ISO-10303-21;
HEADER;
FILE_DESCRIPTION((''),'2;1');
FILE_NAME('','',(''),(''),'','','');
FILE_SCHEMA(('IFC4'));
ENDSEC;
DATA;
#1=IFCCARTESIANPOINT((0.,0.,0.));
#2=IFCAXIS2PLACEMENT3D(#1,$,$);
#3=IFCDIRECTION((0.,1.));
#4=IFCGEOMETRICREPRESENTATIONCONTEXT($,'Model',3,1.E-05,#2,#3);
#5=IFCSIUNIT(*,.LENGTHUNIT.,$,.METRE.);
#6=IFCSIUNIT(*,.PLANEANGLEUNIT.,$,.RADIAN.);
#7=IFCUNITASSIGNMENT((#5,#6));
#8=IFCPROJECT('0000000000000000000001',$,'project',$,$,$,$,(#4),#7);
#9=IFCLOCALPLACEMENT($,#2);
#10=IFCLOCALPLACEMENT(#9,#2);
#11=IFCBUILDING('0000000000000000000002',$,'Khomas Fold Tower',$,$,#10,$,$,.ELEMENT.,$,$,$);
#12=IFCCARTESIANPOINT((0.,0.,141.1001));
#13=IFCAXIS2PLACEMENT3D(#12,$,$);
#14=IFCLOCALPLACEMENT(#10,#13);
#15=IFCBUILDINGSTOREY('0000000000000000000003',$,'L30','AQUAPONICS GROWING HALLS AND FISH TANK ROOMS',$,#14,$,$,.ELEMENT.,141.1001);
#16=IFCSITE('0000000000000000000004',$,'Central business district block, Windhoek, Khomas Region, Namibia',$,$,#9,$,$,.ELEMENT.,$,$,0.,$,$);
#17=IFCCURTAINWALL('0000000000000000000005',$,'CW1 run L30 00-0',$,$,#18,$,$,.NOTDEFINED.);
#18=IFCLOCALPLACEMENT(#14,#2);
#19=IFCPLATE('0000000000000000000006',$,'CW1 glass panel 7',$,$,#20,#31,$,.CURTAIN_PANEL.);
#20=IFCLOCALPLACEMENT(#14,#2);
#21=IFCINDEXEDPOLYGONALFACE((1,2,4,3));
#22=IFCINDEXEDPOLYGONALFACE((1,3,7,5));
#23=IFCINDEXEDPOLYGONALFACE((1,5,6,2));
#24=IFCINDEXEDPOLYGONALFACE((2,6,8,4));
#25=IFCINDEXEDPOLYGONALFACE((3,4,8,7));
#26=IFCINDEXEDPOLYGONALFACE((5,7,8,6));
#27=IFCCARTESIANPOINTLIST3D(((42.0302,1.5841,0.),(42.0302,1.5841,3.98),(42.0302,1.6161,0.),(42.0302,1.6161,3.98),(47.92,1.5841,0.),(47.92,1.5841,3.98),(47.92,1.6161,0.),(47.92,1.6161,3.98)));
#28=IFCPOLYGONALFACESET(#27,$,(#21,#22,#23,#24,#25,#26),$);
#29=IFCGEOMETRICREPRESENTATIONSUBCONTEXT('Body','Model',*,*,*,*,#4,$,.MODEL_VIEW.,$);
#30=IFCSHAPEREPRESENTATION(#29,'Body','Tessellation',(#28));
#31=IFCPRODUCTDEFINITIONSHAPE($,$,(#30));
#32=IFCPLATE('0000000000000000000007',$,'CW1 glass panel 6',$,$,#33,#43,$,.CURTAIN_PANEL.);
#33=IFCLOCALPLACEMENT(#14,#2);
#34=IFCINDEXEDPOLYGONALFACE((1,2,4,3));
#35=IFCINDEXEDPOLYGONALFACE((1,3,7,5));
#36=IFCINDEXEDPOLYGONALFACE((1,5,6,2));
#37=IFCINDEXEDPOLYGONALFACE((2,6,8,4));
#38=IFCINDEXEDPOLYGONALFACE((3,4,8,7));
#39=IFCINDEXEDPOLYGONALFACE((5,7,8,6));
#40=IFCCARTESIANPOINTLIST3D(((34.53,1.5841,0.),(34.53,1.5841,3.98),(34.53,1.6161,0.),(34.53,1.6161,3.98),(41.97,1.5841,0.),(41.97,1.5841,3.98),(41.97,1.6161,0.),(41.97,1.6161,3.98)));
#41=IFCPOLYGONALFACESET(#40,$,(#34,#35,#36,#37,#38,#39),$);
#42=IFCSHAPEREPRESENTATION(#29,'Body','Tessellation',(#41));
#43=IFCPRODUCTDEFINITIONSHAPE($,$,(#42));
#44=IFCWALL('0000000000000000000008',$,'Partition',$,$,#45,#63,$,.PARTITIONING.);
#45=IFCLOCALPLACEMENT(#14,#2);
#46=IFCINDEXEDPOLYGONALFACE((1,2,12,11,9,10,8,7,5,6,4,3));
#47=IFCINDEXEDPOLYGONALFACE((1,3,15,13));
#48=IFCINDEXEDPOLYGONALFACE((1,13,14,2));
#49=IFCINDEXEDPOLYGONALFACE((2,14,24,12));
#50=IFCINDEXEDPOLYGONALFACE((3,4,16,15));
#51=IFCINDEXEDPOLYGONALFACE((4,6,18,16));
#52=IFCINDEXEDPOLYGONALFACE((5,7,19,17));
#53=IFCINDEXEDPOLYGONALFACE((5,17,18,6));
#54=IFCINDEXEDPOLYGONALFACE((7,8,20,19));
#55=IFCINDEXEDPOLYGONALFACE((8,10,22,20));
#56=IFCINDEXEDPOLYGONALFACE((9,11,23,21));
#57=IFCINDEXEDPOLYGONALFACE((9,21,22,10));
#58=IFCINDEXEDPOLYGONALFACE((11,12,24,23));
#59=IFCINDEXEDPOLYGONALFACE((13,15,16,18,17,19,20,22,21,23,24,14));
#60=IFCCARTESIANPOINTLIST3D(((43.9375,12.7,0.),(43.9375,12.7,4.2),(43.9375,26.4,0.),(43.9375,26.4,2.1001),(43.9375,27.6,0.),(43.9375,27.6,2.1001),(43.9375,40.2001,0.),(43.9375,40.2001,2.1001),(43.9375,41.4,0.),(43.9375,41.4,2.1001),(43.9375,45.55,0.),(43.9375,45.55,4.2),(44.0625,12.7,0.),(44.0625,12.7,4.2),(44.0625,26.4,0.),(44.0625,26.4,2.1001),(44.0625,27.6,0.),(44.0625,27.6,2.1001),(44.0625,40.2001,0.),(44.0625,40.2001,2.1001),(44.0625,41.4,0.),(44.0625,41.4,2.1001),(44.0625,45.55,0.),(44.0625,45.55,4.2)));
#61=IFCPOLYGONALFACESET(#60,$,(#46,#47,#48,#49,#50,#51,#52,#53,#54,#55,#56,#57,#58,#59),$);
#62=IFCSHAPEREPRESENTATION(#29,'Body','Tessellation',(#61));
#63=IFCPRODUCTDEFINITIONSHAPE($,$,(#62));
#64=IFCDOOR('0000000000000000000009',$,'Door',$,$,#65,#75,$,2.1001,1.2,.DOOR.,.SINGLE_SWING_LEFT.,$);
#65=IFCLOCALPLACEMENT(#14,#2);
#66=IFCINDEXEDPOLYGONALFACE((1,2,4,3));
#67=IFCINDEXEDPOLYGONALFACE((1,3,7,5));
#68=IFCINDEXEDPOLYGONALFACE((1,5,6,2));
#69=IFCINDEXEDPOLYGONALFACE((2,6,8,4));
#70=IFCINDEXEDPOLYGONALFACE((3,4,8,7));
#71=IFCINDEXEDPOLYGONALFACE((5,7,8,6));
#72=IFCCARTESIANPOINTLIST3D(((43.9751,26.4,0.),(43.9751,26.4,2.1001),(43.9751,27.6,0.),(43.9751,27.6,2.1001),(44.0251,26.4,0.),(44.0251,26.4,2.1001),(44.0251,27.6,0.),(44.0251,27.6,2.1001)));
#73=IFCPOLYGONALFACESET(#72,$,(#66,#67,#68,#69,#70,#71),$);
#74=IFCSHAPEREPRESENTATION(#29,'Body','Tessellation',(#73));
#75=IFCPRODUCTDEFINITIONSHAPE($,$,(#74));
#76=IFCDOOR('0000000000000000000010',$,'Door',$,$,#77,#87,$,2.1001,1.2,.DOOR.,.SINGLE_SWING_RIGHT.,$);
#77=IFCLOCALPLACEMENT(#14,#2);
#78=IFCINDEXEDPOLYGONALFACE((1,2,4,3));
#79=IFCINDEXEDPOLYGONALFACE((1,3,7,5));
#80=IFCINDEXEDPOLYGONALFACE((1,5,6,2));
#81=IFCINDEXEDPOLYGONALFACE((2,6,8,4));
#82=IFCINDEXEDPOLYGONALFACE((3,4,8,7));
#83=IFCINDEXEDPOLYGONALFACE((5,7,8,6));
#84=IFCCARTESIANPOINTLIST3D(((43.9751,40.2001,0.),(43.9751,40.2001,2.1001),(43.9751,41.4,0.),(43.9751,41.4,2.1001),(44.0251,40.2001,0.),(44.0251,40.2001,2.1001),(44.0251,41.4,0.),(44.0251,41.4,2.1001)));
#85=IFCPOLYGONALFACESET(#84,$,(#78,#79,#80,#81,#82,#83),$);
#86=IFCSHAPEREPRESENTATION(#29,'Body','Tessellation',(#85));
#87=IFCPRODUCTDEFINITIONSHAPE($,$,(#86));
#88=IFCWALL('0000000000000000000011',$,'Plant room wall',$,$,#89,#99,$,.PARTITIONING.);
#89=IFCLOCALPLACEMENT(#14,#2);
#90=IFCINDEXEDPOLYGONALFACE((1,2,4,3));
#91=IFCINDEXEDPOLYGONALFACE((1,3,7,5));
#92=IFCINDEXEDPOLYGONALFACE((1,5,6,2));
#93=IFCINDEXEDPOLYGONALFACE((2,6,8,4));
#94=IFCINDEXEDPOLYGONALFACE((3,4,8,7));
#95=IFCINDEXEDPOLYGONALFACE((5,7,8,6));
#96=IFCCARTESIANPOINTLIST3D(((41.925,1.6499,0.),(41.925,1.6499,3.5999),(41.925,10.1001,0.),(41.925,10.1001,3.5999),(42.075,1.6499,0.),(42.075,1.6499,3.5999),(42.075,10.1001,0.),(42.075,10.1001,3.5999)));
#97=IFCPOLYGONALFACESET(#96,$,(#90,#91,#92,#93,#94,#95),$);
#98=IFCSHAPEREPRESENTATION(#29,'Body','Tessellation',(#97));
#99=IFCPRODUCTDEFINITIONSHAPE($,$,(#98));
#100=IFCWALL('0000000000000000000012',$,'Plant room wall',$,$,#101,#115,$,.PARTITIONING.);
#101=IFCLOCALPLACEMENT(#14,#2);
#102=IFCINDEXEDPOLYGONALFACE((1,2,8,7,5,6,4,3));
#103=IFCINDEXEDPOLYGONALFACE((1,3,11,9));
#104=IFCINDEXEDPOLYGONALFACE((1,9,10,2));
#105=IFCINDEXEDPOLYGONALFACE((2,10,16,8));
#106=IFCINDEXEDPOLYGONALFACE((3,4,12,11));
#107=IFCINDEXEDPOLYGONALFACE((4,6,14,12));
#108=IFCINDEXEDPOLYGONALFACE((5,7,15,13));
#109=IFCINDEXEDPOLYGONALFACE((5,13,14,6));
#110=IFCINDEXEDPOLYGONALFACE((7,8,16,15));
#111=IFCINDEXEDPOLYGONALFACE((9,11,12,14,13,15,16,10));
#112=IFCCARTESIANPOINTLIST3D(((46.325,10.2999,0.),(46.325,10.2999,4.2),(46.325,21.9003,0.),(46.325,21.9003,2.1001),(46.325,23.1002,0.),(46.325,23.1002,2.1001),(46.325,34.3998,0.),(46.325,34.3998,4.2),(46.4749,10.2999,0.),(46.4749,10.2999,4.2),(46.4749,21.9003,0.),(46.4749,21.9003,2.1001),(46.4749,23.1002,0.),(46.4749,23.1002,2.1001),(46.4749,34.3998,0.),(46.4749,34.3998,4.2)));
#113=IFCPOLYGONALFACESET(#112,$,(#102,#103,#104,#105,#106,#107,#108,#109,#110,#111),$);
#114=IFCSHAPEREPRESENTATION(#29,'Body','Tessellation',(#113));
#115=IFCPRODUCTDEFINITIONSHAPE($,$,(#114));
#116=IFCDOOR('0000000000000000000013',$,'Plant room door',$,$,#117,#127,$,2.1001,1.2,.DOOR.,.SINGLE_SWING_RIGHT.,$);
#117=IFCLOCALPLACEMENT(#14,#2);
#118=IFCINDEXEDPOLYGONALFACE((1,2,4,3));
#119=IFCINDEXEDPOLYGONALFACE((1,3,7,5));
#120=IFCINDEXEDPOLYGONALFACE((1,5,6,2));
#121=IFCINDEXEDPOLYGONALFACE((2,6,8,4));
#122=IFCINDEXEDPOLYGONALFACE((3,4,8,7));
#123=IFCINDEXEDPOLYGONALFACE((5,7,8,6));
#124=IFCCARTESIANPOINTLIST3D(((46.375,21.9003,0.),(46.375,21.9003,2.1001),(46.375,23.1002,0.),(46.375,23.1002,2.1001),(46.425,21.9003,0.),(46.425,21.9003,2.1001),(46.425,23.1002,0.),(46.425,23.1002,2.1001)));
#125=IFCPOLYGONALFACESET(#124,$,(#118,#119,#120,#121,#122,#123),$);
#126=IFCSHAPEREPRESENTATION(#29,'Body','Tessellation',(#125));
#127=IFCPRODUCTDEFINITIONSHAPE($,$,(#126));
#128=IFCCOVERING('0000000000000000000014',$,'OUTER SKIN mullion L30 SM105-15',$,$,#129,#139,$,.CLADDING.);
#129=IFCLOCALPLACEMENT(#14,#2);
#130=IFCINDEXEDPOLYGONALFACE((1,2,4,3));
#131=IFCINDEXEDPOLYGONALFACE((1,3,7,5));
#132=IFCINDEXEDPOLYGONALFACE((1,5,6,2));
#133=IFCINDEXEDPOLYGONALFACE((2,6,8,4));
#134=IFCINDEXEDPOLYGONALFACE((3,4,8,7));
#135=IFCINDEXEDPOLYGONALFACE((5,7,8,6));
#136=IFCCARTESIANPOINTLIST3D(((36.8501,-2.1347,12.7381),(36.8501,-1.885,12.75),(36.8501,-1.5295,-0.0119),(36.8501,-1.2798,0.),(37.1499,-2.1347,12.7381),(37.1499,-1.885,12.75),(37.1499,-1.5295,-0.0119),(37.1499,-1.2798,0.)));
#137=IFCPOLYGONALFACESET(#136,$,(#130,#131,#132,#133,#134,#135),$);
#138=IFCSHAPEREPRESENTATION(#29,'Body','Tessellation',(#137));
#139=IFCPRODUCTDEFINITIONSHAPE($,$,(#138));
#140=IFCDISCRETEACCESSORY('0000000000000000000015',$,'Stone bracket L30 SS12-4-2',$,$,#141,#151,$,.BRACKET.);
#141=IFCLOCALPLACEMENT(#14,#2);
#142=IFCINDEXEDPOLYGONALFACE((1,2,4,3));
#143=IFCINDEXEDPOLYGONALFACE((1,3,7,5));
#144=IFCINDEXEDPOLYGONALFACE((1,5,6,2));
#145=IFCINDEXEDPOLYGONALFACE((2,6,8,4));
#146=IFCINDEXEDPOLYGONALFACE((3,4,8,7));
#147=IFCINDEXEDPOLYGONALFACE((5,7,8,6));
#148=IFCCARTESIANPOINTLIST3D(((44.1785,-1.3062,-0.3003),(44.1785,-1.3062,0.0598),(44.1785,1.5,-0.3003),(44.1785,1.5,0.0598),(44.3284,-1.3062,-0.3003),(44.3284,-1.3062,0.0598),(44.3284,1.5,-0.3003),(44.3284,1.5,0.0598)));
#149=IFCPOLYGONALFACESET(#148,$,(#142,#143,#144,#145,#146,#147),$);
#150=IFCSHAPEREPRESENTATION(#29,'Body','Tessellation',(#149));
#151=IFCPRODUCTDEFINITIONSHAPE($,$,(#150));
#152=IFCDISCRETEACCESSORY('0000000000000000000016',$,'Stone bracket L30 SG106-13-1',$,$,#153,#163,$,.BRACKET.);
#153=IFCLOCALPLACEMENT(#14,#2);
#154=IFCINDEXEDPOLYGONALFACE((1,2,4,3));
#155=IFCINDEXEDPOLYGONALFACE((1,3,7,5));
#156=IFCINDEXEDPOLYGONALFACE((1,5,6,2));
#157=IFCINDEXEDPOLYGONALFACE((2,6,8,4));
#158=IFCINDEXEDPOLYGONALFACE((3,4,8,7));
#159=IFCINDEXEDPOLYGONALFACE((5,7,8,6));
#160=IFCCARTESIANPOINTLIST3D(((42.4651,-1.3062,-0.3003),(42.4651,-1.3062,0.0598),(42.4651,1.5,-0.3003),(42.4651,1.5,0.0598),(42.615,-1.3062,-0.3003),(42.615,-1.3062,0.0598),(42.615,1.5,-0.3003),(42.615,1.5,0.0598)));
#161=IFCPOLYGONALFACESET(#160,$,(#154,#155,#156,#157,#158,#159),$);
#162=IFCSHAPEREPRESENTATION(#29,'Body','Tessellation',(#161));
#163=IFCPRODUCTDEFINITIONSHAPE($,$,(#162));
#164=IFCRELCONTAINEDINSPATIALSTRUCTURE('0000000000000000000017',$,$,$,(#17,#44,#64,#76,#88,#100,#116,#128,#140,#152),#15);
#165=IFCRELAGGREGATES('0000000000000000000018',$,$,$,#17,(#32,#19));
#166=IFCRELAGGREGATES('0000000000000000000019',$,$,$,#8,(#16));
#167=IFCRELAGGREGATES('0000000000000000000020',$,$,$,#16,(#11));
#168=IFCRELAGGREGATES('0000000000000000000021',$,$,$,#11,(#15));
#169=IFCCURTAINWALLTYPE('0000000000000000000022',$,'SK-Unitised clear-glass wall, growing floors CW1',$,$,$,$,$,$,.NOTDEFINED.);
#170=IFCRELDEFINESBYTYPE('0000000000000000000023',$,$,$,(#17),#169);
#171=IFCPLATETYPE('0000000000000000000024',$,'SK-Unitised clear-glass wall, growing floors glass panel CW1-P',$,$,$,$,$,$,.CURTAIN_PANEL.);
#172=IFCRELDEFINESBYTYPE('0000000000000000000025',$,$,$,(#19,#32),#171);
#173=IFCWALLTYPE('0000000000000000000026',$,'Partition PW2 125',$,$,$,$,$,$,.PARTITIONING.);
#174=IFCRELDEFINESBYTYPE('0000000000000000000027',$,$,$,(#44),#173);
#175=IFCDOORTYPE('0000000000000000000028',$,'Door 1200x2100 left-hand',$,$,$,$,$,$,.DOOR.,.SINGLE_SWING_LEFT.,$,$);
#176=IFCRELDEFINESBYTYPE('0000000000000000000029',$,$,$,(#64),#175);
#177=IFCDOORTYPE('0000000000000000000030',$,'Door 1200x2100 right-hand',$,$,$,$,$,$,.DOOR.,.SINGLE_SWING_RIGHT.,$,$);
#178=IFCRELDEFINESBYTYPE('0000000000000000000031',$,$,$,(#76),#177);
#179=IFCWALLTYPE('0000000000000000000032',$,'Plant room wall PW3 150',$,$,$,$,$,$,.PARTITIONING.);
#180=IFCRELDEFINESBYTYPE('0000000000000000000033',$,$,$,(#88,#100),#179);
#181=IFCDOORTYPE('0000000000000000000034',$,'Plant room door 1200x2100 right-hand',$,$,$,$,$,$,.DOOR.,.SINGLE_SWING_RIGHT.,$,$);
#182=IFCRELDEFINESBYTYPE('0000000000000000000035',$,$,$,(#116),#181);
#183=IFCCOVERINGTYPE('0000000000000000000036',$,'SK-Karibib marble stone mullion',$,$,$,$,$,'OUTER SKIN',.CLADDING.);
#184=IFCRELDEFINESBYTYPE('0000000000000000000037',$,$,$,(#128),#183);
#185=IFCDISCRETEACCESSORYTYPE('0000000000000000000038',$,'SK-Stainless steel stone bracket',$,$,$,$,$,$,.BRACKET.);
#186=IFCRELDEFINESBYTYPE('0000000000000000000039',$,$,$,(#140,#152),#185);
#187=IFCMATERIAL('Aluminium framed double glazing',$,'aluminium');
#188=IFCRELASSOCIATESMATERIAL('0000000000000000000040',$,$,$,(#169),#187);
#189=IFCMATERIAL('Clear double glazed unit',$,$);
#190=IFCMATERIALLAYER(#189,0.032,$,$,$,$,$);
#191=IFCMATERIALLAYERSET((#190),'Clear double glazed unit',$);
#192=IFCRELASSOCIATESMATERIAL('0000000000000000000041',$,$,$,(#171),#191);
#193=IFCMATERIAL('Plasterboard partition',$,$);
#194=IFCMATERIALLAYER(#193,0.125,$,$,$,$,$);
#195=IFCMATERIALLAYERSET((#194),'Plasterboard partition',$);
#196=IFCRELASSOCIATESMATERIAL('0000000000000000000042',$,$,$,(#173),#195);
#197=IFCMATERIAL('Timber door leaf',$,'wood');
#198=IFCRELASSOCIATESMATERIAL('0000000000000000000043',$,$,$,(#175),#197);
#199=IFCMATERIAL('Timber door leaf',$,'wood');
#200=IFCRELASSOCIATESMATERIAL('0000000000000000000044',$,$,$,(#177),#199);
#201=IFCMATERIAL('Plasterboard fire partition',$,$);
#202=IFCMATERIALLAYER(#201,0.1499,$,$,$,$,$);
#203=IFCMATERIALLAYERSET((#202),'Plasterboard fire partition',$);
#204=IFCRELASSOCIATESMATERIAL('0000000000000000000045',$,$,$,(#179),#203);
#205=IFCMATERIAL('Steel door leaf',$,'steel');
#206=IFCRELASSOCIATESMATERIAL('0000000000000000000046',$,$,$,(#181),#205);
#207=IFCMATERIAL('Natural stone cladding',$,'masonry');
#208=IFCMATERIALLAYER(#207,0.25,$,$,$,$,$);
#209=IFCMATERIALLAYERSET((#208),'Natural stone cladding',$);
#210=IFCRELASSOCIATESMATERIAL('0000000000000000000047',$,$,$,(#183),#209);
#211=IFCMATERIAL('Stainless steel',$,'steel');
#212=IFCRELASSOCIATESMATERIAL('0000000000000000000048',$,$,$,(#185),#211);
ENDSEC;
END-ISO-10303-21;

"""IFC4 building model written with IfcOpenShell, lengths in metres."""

from ifc_helpers import new_model, si_unit, direction, frame, frame_2d, origin, origin_2d, place, context, subcontext, project, spatial, polyline, rectangle, outline, extrude, source, transform, mapped, material, layer, layer_set, type_object, element, fill, aggregate, save


model = new_model("IFC4")

# Units and contexts
model_context = context("Model", 3, precision=1e-05, world=origin(), true_north=direction((0.0, 1.0)))
body_context = subcontext(model_context, "Body", "Model", "MODEL_VIEW")
ifc_project = project(units=[si_unit("LENGTHUNIT", "METRE"), si_unit("PLANEANGLEUNIT", "RADIAN")], contexts=[model_context])

# Site, building, storey
site_placement = place(None, origin())
site = spatial("IfcSite", under=ifc_project, at=site_placement, Name="Central business district block, Windhoek, Khomas Region, Namibia", CompositionType="ELEMENT", RefElevation=0.0)
building_placement = place(site_placement, origin())
building = spatial("IfcBuilding", under=site, at=building_placement, Name="Khomas Fold Tower", CompositionType="ELEMENT")
storey_placement = place(building_placement, frame((0.0, 0.0, 141.1001)))
storey = spatial("IfcBuildingStorey", under=building, at=storey_placement, Name="L30", Description="AQUAPONICS GROWING HALLS AND FISH TANK ROOMS", CompositionType="ELEMENT", Elevation=141.1001)

# Curtain wall
ifc_material_1 = material(Name="Aluminium framed double glazing", Category="aluminium")
curtain_wall_type = type_object("IfcCurtainWallType", Name="SK-Unitised clear-glass wall, growing floors CW1", PredefinedType="NOTDEFINED", material=ifc_material_1)
curtain_wall_placement = place(storey_placement, origin())
curtain_wall = element("IfcCurtainWall", 1, at=curtain_wall_placement, inside=storey, type_object=curtain_wall_type, Name="CW1 run L30 00-0", PredefinedType="NOTDEFINED")

# Plates
ifc_material_2 = material(Name="Clear double glazed unit")
ifc_layer_1 = layer(ifc_material_2, 0.032)
ifc_layer_set_1 = layer_set([ifc_layer_1], Name="Clear double glazed unit")
plate_type_1 = type_object("IfcPlateType", Name="SK-Unitised clear-glass wall, growing floors glass panel CW1-P", PredefinedType="CURTAIN_PANEL", material=ifc_layer_set_1)
shared_shape_1 = source(origin(), body_context, "Body", "SweptSolid", [
    extrude(rectangle(XDim=5.8899, YDim=0.032, at=origin_2d()), origin(), (0.0, 0.0, 1.0), 3.98),
])
plate_1_placement = place(storey_placement, frame((44.9751, 1.6001, 0.0), z_axis=(0.0, 0.0, 1.0), x_axis=(1.0, 0.0, 0.0)))
plate_1 = element("IfcPlate", 2, at=plate_1_placement, type_object=plate_type_1, Name="CW1 glass panel 7", PredefinedType="CURTAIN_PANEL", context=body_context, shape_type="MappedRepresentation", body=[
    mapped(shared_shape_1, transform((0.0, 0.0, 0.0))),
])
shared_shape_2 = source(origin(), body_context, "Body", "SweptSolid", [
    extrude(rectangle(XDim=7.4399, YDim=0.032, at=origin_2d()), origin(), (0.0, 0.0, 1.0), 3.98),
])
plate_2_placement = place(storey_placement, frame((38.25, 1.6001, 0.0), z_axis=(0.0, 0.0, 1.0), x_axis=(1.0, 0.0, 0.0)))
plate_2 = element("IfcPlate", 3, at=plate_2_placement, type_object=plate_type_1, Name="CW1 glass panel 6", PredefinedType="CURTAIN_PANEL", context=body_context, shape_type="MappedRepresentation", body=[
    mapped(shared_shape_2, transform((0.0, 0.0, 0.0))),
])
aggregate(curtain_wall, [plate_2, plate_1])

# Wall, openings, doors
ifc_material_3 = material(Name="Plasterboard partition")
ifc_layer_2 = layer(ifc_material_3, 0.125)
ifc_layer_set_2 = layer_set([ifc_layer_2], Name="Plasterboard partition")
wall_type_1 = type_object("IfcWallType", Name="Partition PW2 125", PredefinedType="PARTITIONING", material=ifc_layer_set_2)
shared_shape_3 = source(origin(), body_context, "Body", "SweptSolid", [
    extrude(rectangle(XDim=32.8501, YDim=0.125, at=frame_2d((16.425, 0.0))), origin(), (0.0, 0.0, 1.0), 4.2),
])
wall_1_placement = place(storey_placement, frame((44.0, 12.7, 0.0), z_axis=(0.0, 0.0, 1.0), x_axis=(0.0, 1.0, 0.0)))
wall_1 = element("IfcWall", 4, at=wall_1_placement, inside=storey, type_object=wall_type_1, Name="Partition", PredefinedType="PARTITIONING", context=body_context, shape_type="MappedRepresentation", body=[
    mapped(shared_shape_3, transform((0.0, 0.0, 0.0))),
])
shared_shape_4 = source(origin(), body_context, "Body", "SweptSolid", [
    extrude(rectangle(XDim=1.2, YDim=2.1001, at=frame_2d((0.6001, 1.05))), frame((0.0, 0.0725, 0.0), z_axis=(0.0, -1.0, 0.0), x_axis=(1.0, 0.0, 0.0)), (0.0, 0.0, 1.0), 0.145),
])
opening_1_placement = place(wall_1_placement, frame((13.7, 0.0, 0.0)))
opening_1 = element("IfcOpeningElement", 5, at=opening_1_placement, cuts=wall_1, PredefinedType="OPENING", context=body_context, shape_type="MappedRepresentation", body=[
    mapped(shared_shape_4, transform((0.0, 0.0, 0.0))),
])
opening_2_placement = place(wall_1_placement, frame((27.5, 0.0, 0.0)))
opening_2 = element("IfcOpeningElement", 6, at=opening_2_placement, cuts=wall_1, PredefinedType="OPENING", context=body_context, shape_type="MappedRepresentation", body=[
    mapped(shared_shape_4, transform((0.0, 0.0, 0.0))),
])
ifc_material_4 = material(Name="Timber door leaf", Category="wood")
door_type_1 = type_object("IfcDoorType", Name="Door 1200x2100 left-hand", OperationType="SINGLE_SWING_LEFT", PredefinedType="DOOR", material=ifc_material_4)
shared_shape_5 = source(origin(), body_context, "Body", "SweptSolid", [
    extrude(rectangle(XDim=1.2, YDim=2.1001, at=frame_2d((0.6001, 1.05))), frame((0.0, 0.0249, 0.0), z_axis=(0.0, -1.0, 0.0), x_axis=(1.0, 0.0, 0.0)), (0.0, 0.0, 1.0), 0.05),
])
door_1_placement = place(opening_1_placement, origin())
door_1 = element("IfcDoor", 7, at=door_1_placement, inside=storey, type_object=door_type_1, Name="Door", OperationType="SINGLE_SWING_LEFT", OverallHeight=2.1001, OverallWidth=1.2, PredefinedType="DOOR", context=body_context, shape_type="MappedRepresentation", body=[
    mapped(shared_shape_5, transform((0.0, 0.0, 0.0))),
])
fill(opening_1, door_1)
ifc_material_5 = material(Name="Timber door leaf", Category="wood")
door_type_2 = type_object("IfcDoorType", Name="Door 1200x2100 right-hand", OperationType="SINGLE_SWING_RIGHT", PredefinedType="DOOR", material=ifc_material_5)
door_2_placement = place(opening_2_placement, origin())
door_2 = element("IfcDoor", 8, at=door_2_placement, inside=storey, type_object=door_type_2, Name="Door", OperationType="SINGLE_SWING_RIGHT", OverallHeight=2.1001, OverallWidth=1.2, PredefinedType="DOOR", context=body_context, shape_type="MappedRepresentation", body=[
    mapped(shared_shape_5, transform((0.0, 0.0, 0.0))),
])
fill(opening_2, door_2)

# Wall
ifc_material_6 = material(Name="Plasterboard fire partition")
ifc_layer_3 = layer(ifc_material_6, 0.1499)
ifc_layer_set_3 = layer_set([ifc_layer_3], Name="Plasterboard fire partition")
wall_type_2 = type_object("IfcWallType", Name="Plant room wall PW3 150", PredefinedType="PARTITIONING", material=ifc_layer_set_3)
shared_shape_6 = source(origin(), body_context, "Body", "SweptSolid", [
    extrude(rectangle(XDim=8.4502, YDim=0.1499, at=frame_2d((4.2251, 0.0))), origin(), (0.0, 0.0, 1.0), 3.5999),
])
wall_2_placement = place(storey_placement, frame((42.0, 1.6499, 0.0), z_axis=(0.0, 0.0, 1.0), x_axis=(0.0, 1.0, 0.0)))
element("IfcWall", 9, at=wall_2_placement, inside=storey, type_object=wall_type_2, Name="Plant room wall", PredefinedType="PARTITIONING", context=body_context, shape_type="MappedRepresentation", body=[
    mapped(shared_shape_6, transform((0.0, 0.0, 0.0))),
])

# Wall, opening, door
shared_shape_7 = source(origin(), body_context, "Body", "SweptSolid", [
    extrude(rectangle(XDim=24.0999, YDim=0.1499, at=frame_2d((12.0498, 0.0))), origin(), (0.0, 0.0, 1.0), 4.2),
])
wall_3_placement = place(storey_placement, frame((46.3999, 10.3, 0.0), z_axis=(0.0, 0.0, 1.0), x_axis=(0.0, 1.0, 0.0)))
wall_3 = element("IfcWall", 10, at=wall_3_placement, inside=storey, type_object=wall_type_2, Name="Plant room wall", PredefinedType="PARTITIONING", context=body_context, shape_type="MappedRepresentation", body=[
    mapped(shared_shape_7, transform((0.0, 0.0, 0.0))),
])
shared_shape_8 = source(origin(), body_context, "Body", "SweptSolid", [
    extrude(rectangle(XDim=1.2, YDim=2.1001, at=frame_2d((0.6001, 1.05))), frame((0.0, 0.085, 0.0), z_axis=(0.0, -1.0, 0.0), x_axis=(1.0, 0.0, 0.0)), (0.0, 0.0, 1.0), 0.1699),
])
opening_3_placement = place(wall_3_placement, frame((11.6001, 0.0, 0.0)))
opening_3 = element("IfcOpeningElement", 11, at=opening_3_placement, cuts=wall_3, PredefinedType="OPENING", context=body_context, shape_type="MappedRepresentation", body=[
    mapped(shared_shape_8, transform((0.0, 0.0, 0.0))),
])
ifc_material_7 = material(Name="Steel door leaf", Category="steel")
door_type_3 = type_object("IfcDoorType", Name="Plant room door 1200x2100 right-hand", OperationType="SINGLE_SWING_RIGHT", PredefinedType="DOOR", material=ifc_material_7)
door_3_placement = place(opening_3_placement, origin())
door_3 = element("IfcDoor", 12, at=door_3_placement, inside=storey, type_object=door_type_3, Name="Plant room door", OperationType="SINGLE_SWING_RIGHT", OverallHeight=2.1001, OverallWidth=1.2, PredefinedType="DOOR", context=body_context, shape_type="MappedRepresentation", body=[
    mapped(shared_shape_5, transform((0.0, 0.0, 0.0))),
])
fill(opening_3, door_3)

# Covering
ifc_material_8 = material(Name="Natural stone cladding", Category="masonry")
ifc_layer_4 = layer(ifc_material_8, 0.25)
ifc_layer_set_4 = layer_set([ifc_layer_4], Name="Natural stone cladding")
covering_type = type_object("IfcCoveringType", Name="SK-Karibib marble stone mullion", ElementType="OUTER SKIN", PredefinedType="CLADDING", material=ifc_layer_set_4)
covering_placement = place(storey_placement, frame((36.8501, -1.2798, 0.0), z_axis=(0.0, 0.998875, 0.047415), x_axis=(0.0, -0.047415, 0.998875)))
element("IfcCovering", 13, at=covering_placement, inside=storey, type_object=covering_type, Name="OUTER SKIN mullion L30 SM105-15", PredefinedType="CLADDING", context=body_context, shape_type="SweptSolid", body=[
    extrude(outline(polyline([(0.0, 0.0), (12.7644, 0.0), (12.7644, 0.2998), (0.0, 0.2998), (0.0, 0.0)])), origin(), (0.0, 0.0, -1.0), 0.25),
])

# Discrete accessories
ifc_material_9 = material(Name="Stainless steel", Category="steel")
discrete_accessory_type = type_object("IfcDiscreteAccessoryType", Name="SK-Stainless steel stone bracket", PredefinedType="BRACKET", material=ifc_material_9)
shared_shape_9 = source(origin(), body_context, "Body", "SweptSolid", [
    extrude(rectangle(XDim=2.8062, YDim=0.1499, at=origin_2d()), origin(), (0.0, 0.0, 1.0), 0.3601),
])
for number, where, z_axis, x_axis, name in (
    (14, (44.2534, 0.0969, -0.3003), (0.0, 0.0, 1.0), (0.0, -1.0, 0.0), "Stone bracket L30 SS12-4-2"),
    (15, (42.54, 0.0969, -0.3003), (0.0, 0.0, 1.0), (0.0, -1.0, 0.0), "Stone bracket L30 SG106-13-1"),
):
    element("IfcDiscreteAccessory", number, at=place(storey_placement, frame(where, z_axis=z_axis, x_axis=x_axis)), inside=storey, type_object=discrete_accessory_type, Name=name, PredefinedType="BRACKET", context=body_context, shape_type="MappedRepresentation", body=[
        mapped(shared_shape_9, transform((0.0, 0.0, 0.0))),
    ])

save(model, "model.ifc")
